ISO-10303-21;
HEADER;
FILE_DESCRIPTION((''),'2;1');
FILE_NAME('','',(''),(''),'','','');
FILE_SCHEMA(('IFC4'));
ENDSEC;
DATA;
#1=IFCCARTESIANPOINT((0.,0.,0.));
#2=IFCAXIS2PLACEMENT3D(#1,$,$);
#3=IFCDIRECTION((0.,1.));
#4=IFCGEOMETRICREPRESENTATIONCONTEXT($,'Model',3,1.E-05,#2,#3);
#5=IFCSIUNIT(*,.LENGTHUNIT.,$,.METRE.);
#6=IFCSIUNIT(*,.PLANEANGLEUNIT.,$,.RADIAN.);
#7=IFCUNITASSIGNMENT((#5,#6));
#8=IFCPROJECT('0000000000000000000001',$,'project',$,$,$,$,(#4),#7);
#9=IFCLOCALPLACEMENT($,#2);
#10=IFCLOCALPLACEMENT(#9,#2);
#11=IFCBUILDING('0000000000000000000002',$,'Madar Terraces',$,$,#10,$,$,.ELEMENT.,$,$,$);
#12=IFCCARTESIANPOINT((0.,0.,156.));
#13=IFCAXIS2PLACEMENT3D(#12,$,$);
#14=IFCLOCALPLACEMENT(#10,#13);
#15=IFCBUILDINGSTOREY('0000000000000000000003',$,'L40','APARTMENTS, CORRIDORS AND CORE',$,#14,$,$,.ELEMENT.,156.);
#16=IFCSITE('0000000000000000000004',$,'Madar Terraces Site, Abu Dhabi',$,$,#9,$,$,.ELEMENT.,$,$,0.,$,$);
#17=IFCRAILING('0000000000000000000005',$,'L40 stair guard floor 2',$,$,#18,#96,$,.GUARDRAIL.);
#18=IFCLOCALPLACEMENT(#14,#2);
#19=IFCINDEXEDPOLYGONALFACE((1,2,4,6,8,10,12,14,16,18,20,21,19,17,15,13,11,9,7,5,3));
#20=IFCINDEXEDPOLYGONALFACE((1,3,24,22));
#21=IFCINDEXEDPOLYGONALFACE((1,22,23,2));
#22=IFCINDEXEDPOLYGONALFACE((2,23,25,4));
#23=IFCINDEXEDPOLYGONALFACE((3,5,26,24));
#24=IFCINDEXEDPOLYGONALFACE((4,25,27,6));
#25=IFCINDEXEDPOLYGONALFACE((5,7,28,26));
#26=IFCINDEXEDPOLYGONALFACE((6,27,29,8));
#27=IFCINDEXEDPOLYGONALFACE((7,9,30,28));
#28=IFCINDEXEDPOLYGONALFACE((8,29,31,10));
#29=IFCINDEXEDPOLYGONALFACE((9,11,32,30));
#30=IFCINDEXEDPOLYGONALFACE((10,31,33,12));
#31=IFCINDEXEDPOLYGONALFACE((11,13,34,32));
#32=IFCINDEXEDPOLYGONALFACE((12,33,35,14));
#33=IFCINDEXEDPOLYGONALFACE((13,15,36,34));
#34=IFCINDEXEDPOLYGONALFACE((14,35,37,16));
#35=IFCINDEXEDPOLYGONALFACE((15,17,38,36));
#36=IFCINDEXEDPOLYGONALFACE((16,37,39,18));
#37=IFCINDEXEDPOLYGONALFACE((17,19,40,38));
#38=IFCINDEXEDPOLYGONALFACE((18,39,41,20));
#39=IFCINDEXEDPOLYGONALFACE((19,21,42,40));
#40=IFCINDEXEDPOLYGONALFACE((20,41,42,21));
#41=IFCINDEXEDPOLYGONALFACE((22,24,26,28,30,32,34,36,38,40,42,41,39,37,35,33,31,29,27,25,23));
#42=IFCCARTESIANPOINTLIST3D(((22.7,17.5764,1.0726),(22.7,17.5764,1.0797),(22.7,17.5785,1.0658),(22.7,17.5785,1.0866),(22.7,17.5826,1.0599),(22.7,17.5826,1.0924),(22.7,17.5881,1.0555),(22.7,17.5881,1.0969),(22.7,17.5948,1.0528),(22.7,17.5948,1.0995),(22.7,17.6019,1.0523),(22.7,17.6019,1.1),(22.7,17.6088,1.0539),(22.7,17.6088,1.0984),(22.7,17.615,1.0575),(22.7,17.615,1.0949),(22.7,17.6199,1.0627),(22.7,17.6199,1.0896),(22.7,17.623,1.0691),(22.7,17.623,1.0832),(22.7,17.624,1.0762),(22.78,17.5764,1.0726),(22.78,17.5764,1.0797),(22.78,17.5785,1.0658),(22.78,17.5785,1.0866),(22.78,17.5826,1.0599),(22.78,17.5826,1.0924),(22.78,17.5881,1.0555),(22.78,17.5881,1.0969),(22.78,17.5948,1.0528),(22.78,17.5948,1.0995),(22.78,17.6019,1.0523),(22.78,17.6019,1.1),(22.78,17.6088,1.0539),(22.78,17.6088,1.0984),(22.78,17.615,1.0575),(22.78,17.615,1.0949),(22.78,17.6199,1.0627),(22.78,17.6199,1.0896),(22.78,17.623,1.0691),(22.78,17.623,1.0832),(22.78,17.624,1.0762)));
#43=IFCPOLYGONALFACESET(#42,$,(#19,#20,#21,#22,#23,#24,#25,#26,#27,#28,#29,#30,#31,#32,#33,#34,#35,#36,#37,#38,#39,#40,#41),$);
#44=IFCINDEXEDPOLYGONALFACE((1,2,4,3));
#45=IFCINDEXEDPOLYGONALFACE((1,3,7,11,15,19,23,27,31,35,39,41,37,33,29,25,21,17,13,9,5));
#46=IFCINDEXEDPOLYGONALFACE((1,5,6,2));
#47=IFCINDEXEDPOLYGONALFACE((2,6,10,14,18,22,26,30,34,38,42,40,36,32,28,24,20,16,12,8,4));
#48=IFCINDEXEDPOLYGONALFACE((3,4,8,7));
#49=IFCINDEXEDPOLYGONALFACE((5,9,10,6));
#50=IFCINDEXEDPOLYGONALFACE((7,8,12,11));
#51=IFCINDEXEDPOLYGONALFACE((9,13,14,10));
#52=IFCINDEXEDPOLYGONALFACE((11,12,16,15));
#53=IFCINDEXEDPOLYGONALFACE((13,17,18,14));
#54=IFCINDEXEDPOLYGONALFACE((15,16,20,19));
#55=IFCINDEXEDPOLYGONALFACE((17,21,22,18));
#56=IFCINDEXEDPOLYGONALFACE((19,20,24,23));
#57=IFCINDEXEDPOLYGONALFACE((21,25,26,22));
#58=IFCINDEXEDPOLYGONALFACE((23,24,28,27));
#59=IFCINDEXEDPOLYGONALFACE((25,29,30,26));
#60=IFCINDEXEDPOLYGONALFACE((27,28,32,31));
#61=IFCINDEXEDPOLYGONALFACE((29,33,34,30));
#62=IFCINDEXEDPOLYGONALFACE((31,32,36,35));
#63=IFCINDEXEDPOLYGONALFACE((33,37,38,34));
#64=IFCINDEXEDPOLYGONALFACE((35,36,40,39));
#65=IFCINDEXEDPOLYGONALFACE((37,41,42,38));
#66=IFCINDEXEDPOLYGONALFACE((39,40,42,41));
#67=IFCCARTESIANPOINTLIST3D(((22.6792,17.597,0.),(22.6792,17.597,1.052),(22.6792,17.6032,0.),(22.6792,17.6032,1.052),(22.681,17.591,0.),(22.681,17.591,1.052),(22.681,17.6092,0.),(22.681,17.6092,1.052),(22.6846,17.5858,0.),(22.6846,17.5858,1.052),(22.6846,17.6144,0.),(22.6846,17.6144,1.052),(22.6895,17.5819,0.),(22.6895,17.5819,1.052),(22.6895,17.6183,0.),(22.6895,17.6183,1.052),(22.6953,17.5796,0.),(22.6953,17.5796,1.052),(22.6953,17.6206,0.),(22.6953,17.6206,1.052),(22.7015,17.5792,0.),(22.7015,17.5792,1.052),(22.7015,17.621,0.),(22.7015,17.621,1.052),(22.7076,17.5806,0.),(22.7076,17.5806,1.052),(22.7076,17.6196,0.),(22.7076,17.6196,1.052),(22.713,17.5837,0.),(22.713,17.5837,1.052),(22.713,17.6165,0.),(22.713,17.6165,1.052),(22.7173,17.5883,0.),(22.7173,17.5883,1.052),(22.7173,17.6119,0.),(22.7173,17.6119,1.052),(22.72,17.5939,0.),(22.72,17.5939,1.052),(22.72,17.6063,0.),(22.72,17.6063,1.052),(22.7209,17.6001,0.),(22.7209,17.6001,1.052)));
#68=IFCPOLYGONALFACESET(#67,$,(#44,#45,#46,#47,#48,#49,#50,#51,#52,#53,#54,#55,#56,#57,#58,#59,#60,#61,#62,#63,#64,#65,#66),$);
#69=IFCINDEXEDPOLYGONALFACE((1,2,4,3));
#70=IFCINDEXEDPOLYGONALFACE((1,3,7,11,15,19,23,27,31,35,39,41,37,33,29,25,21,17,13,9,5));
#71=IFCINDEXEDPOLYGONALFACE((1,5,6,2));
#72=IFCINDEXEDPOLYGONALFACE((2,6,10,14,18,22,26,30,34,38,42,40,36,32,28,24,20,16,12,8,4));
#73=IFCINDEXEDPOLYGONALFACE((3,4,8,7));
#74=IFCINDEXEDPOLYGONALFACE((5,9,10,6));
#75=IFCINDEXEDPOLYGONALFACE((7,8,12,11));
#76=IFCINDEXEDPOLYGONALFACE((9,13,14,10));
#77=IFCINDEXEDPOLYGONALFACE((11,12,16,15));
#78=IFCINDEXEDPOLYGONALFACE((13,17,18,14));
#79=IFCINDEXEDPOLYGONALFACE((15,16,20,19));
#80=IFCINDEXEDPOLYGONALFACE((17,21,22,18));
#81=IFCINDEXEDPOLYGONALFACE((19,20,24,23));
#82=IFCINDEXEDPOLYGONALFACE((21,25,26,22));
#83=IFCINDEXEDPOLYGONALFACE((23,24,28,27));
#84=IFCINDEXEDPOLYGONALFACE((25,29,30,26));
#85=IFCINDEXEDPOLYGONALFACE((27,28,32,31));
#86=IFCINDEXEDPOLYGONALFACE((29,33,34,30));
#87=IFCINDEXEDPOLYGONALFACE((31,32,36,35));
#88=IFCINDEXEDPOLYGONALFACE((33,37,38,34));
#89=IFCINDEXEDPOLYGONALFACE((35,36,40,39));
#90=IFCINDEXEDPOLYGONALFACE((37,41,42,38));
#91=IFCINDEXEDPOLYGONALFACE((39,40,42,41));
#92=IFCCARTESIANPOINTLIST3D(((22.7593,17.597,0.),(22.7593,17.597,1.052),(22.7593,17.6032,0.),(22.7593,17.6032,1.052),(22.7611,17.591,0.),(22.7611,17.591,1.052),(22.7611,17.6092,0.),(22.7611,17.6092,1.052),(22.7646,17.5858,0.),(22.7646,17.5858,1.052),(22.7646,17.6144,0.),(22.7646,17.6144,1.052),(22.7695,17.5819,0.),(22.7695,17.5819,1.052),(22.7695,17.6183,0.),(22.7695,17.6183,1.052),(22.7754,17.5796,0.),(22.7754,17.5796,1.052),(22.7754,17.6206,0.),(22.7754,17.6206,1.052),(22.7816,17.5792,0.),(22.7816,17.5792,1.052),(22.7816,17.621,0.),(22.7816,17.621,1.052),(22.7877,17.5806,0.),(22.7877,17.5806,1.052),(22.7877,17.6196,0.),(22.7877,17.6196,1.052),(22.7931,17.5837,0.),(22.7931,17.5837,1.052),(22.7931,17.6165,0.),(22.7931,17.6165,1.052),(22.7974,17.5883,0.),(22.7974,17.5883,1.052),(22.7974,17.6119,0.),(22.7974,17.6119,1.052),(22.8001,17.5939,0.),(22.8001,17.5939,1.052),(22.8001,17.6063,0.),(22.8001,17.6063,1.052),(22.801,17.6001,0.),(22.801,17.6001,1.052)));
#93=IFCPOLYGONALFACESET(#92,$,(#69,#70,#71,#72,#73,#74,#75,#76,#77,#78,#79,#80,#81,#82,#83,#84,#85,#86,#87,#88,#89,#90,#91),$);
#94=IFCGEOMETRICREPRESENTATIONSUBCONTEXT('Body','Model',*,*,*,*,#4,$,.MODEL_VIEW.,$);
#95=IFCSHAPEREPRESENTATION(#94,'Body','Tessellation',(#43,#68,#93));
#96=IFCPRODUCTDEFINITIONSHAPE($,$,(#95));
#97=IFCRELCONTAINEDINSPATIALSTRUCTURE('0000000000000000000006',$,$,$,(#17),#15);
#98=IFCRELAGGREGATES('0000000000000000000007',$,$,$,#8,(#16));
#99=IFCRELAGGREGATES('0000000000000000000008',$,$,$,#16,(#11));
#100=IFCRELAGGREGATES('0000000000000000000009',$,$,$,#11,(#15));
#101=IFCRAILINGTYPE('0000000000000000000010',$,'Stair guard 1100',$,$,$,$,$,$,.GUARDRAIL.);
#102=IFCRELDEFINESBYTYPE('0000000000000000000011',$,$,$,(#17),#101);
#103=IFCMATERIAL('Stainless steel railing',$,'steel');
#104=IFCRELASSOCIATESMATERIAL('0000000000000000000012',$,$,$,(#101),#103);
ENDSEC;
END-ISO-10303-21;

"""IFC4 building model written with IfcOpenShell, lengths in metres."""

from ifc_helpers import new_model, si_unit, direction, frame, origin, origin_2d, place, context, subcontext, project, spatial, circle, extrude, material, type_object, element, save


model = new_model("IFC4")

# Units and contexts
model_context = context("Model", 3, precision=1e-05, world=origin(), true_north=direction((0.0, 1.0)))
body_context = subcontext(model_context, "Body", "Model", "MODEL_VIEW")
ifc_project = project(units=[si_unit("LENGTHUNIT", "METRE"), si_unit("PLANEANGLEUNIT", "RADIAN")], contexts=[model_context])

# Site, building, storey
site_placement = place(None, origin())
site = spatial("IfcSite", under=ifc_project, at=site_placement, Name="Madar Terraces Site, Abu Dhabi", CompositionType="ELEMENT", RefElevation=0.0)
building_placement = place(site_placement, origin())
building = spatial("IfcBuilding", under=site, at=building_placement, Name="Madar Terraces", CompositionType="ELEMENT")
storey_placement = place(building_placement, frame((0.0, 0.0, 156.0)))
storey = spatial("IfcBuildingStorey", under=building, at=storey_placement, Name="L40", Description="APARTMENTS, CORRIDORS AND CORE", CompositionType="ELEMENT", Elevation=156.0)

# Railing
ifc_material_1 = material(Name="Stainless steel railing", Category="steel")
railing_type_1 = type_object("IfcRailingType", Name="Stair guard 1100", PredefinedType="GUARDRAIL", material=ifc_material_1)
for number, where, name in (
    (1, (22.7, 17.6001, 0.0), "L40 stair guard floor 2"),
):
    element("IfcRailing", number, at=place(storey_placement, frame(where)), inside=storey, type_object=railing_type_1, Name=name, PredefinedType="GUARDRAIL", context=body_context, shape_type="SweptSolid", body=[
        extrude(circle(Radius=0.0239, at=origin_2d()), frame((0.0, 0.0, 1.0762), z_axis=(1.0, 0.0, 0.0), x_axis=(0.0, 1.0, 0.0)), (0.0, 0.0, 1.0), 0.0801),
        extrude(circle(Radius=0.021, at=origin_2d()), origin(), (0.0, 0.0, 1.0), 1.052),
        extrude(circle(Radius=0.021, at=origin_2d()), frame((0.0801, 0.0, 0.0)), (0.0, 0.0, 1.0), 1.052),
    ])

save(model, "model.ifc")
